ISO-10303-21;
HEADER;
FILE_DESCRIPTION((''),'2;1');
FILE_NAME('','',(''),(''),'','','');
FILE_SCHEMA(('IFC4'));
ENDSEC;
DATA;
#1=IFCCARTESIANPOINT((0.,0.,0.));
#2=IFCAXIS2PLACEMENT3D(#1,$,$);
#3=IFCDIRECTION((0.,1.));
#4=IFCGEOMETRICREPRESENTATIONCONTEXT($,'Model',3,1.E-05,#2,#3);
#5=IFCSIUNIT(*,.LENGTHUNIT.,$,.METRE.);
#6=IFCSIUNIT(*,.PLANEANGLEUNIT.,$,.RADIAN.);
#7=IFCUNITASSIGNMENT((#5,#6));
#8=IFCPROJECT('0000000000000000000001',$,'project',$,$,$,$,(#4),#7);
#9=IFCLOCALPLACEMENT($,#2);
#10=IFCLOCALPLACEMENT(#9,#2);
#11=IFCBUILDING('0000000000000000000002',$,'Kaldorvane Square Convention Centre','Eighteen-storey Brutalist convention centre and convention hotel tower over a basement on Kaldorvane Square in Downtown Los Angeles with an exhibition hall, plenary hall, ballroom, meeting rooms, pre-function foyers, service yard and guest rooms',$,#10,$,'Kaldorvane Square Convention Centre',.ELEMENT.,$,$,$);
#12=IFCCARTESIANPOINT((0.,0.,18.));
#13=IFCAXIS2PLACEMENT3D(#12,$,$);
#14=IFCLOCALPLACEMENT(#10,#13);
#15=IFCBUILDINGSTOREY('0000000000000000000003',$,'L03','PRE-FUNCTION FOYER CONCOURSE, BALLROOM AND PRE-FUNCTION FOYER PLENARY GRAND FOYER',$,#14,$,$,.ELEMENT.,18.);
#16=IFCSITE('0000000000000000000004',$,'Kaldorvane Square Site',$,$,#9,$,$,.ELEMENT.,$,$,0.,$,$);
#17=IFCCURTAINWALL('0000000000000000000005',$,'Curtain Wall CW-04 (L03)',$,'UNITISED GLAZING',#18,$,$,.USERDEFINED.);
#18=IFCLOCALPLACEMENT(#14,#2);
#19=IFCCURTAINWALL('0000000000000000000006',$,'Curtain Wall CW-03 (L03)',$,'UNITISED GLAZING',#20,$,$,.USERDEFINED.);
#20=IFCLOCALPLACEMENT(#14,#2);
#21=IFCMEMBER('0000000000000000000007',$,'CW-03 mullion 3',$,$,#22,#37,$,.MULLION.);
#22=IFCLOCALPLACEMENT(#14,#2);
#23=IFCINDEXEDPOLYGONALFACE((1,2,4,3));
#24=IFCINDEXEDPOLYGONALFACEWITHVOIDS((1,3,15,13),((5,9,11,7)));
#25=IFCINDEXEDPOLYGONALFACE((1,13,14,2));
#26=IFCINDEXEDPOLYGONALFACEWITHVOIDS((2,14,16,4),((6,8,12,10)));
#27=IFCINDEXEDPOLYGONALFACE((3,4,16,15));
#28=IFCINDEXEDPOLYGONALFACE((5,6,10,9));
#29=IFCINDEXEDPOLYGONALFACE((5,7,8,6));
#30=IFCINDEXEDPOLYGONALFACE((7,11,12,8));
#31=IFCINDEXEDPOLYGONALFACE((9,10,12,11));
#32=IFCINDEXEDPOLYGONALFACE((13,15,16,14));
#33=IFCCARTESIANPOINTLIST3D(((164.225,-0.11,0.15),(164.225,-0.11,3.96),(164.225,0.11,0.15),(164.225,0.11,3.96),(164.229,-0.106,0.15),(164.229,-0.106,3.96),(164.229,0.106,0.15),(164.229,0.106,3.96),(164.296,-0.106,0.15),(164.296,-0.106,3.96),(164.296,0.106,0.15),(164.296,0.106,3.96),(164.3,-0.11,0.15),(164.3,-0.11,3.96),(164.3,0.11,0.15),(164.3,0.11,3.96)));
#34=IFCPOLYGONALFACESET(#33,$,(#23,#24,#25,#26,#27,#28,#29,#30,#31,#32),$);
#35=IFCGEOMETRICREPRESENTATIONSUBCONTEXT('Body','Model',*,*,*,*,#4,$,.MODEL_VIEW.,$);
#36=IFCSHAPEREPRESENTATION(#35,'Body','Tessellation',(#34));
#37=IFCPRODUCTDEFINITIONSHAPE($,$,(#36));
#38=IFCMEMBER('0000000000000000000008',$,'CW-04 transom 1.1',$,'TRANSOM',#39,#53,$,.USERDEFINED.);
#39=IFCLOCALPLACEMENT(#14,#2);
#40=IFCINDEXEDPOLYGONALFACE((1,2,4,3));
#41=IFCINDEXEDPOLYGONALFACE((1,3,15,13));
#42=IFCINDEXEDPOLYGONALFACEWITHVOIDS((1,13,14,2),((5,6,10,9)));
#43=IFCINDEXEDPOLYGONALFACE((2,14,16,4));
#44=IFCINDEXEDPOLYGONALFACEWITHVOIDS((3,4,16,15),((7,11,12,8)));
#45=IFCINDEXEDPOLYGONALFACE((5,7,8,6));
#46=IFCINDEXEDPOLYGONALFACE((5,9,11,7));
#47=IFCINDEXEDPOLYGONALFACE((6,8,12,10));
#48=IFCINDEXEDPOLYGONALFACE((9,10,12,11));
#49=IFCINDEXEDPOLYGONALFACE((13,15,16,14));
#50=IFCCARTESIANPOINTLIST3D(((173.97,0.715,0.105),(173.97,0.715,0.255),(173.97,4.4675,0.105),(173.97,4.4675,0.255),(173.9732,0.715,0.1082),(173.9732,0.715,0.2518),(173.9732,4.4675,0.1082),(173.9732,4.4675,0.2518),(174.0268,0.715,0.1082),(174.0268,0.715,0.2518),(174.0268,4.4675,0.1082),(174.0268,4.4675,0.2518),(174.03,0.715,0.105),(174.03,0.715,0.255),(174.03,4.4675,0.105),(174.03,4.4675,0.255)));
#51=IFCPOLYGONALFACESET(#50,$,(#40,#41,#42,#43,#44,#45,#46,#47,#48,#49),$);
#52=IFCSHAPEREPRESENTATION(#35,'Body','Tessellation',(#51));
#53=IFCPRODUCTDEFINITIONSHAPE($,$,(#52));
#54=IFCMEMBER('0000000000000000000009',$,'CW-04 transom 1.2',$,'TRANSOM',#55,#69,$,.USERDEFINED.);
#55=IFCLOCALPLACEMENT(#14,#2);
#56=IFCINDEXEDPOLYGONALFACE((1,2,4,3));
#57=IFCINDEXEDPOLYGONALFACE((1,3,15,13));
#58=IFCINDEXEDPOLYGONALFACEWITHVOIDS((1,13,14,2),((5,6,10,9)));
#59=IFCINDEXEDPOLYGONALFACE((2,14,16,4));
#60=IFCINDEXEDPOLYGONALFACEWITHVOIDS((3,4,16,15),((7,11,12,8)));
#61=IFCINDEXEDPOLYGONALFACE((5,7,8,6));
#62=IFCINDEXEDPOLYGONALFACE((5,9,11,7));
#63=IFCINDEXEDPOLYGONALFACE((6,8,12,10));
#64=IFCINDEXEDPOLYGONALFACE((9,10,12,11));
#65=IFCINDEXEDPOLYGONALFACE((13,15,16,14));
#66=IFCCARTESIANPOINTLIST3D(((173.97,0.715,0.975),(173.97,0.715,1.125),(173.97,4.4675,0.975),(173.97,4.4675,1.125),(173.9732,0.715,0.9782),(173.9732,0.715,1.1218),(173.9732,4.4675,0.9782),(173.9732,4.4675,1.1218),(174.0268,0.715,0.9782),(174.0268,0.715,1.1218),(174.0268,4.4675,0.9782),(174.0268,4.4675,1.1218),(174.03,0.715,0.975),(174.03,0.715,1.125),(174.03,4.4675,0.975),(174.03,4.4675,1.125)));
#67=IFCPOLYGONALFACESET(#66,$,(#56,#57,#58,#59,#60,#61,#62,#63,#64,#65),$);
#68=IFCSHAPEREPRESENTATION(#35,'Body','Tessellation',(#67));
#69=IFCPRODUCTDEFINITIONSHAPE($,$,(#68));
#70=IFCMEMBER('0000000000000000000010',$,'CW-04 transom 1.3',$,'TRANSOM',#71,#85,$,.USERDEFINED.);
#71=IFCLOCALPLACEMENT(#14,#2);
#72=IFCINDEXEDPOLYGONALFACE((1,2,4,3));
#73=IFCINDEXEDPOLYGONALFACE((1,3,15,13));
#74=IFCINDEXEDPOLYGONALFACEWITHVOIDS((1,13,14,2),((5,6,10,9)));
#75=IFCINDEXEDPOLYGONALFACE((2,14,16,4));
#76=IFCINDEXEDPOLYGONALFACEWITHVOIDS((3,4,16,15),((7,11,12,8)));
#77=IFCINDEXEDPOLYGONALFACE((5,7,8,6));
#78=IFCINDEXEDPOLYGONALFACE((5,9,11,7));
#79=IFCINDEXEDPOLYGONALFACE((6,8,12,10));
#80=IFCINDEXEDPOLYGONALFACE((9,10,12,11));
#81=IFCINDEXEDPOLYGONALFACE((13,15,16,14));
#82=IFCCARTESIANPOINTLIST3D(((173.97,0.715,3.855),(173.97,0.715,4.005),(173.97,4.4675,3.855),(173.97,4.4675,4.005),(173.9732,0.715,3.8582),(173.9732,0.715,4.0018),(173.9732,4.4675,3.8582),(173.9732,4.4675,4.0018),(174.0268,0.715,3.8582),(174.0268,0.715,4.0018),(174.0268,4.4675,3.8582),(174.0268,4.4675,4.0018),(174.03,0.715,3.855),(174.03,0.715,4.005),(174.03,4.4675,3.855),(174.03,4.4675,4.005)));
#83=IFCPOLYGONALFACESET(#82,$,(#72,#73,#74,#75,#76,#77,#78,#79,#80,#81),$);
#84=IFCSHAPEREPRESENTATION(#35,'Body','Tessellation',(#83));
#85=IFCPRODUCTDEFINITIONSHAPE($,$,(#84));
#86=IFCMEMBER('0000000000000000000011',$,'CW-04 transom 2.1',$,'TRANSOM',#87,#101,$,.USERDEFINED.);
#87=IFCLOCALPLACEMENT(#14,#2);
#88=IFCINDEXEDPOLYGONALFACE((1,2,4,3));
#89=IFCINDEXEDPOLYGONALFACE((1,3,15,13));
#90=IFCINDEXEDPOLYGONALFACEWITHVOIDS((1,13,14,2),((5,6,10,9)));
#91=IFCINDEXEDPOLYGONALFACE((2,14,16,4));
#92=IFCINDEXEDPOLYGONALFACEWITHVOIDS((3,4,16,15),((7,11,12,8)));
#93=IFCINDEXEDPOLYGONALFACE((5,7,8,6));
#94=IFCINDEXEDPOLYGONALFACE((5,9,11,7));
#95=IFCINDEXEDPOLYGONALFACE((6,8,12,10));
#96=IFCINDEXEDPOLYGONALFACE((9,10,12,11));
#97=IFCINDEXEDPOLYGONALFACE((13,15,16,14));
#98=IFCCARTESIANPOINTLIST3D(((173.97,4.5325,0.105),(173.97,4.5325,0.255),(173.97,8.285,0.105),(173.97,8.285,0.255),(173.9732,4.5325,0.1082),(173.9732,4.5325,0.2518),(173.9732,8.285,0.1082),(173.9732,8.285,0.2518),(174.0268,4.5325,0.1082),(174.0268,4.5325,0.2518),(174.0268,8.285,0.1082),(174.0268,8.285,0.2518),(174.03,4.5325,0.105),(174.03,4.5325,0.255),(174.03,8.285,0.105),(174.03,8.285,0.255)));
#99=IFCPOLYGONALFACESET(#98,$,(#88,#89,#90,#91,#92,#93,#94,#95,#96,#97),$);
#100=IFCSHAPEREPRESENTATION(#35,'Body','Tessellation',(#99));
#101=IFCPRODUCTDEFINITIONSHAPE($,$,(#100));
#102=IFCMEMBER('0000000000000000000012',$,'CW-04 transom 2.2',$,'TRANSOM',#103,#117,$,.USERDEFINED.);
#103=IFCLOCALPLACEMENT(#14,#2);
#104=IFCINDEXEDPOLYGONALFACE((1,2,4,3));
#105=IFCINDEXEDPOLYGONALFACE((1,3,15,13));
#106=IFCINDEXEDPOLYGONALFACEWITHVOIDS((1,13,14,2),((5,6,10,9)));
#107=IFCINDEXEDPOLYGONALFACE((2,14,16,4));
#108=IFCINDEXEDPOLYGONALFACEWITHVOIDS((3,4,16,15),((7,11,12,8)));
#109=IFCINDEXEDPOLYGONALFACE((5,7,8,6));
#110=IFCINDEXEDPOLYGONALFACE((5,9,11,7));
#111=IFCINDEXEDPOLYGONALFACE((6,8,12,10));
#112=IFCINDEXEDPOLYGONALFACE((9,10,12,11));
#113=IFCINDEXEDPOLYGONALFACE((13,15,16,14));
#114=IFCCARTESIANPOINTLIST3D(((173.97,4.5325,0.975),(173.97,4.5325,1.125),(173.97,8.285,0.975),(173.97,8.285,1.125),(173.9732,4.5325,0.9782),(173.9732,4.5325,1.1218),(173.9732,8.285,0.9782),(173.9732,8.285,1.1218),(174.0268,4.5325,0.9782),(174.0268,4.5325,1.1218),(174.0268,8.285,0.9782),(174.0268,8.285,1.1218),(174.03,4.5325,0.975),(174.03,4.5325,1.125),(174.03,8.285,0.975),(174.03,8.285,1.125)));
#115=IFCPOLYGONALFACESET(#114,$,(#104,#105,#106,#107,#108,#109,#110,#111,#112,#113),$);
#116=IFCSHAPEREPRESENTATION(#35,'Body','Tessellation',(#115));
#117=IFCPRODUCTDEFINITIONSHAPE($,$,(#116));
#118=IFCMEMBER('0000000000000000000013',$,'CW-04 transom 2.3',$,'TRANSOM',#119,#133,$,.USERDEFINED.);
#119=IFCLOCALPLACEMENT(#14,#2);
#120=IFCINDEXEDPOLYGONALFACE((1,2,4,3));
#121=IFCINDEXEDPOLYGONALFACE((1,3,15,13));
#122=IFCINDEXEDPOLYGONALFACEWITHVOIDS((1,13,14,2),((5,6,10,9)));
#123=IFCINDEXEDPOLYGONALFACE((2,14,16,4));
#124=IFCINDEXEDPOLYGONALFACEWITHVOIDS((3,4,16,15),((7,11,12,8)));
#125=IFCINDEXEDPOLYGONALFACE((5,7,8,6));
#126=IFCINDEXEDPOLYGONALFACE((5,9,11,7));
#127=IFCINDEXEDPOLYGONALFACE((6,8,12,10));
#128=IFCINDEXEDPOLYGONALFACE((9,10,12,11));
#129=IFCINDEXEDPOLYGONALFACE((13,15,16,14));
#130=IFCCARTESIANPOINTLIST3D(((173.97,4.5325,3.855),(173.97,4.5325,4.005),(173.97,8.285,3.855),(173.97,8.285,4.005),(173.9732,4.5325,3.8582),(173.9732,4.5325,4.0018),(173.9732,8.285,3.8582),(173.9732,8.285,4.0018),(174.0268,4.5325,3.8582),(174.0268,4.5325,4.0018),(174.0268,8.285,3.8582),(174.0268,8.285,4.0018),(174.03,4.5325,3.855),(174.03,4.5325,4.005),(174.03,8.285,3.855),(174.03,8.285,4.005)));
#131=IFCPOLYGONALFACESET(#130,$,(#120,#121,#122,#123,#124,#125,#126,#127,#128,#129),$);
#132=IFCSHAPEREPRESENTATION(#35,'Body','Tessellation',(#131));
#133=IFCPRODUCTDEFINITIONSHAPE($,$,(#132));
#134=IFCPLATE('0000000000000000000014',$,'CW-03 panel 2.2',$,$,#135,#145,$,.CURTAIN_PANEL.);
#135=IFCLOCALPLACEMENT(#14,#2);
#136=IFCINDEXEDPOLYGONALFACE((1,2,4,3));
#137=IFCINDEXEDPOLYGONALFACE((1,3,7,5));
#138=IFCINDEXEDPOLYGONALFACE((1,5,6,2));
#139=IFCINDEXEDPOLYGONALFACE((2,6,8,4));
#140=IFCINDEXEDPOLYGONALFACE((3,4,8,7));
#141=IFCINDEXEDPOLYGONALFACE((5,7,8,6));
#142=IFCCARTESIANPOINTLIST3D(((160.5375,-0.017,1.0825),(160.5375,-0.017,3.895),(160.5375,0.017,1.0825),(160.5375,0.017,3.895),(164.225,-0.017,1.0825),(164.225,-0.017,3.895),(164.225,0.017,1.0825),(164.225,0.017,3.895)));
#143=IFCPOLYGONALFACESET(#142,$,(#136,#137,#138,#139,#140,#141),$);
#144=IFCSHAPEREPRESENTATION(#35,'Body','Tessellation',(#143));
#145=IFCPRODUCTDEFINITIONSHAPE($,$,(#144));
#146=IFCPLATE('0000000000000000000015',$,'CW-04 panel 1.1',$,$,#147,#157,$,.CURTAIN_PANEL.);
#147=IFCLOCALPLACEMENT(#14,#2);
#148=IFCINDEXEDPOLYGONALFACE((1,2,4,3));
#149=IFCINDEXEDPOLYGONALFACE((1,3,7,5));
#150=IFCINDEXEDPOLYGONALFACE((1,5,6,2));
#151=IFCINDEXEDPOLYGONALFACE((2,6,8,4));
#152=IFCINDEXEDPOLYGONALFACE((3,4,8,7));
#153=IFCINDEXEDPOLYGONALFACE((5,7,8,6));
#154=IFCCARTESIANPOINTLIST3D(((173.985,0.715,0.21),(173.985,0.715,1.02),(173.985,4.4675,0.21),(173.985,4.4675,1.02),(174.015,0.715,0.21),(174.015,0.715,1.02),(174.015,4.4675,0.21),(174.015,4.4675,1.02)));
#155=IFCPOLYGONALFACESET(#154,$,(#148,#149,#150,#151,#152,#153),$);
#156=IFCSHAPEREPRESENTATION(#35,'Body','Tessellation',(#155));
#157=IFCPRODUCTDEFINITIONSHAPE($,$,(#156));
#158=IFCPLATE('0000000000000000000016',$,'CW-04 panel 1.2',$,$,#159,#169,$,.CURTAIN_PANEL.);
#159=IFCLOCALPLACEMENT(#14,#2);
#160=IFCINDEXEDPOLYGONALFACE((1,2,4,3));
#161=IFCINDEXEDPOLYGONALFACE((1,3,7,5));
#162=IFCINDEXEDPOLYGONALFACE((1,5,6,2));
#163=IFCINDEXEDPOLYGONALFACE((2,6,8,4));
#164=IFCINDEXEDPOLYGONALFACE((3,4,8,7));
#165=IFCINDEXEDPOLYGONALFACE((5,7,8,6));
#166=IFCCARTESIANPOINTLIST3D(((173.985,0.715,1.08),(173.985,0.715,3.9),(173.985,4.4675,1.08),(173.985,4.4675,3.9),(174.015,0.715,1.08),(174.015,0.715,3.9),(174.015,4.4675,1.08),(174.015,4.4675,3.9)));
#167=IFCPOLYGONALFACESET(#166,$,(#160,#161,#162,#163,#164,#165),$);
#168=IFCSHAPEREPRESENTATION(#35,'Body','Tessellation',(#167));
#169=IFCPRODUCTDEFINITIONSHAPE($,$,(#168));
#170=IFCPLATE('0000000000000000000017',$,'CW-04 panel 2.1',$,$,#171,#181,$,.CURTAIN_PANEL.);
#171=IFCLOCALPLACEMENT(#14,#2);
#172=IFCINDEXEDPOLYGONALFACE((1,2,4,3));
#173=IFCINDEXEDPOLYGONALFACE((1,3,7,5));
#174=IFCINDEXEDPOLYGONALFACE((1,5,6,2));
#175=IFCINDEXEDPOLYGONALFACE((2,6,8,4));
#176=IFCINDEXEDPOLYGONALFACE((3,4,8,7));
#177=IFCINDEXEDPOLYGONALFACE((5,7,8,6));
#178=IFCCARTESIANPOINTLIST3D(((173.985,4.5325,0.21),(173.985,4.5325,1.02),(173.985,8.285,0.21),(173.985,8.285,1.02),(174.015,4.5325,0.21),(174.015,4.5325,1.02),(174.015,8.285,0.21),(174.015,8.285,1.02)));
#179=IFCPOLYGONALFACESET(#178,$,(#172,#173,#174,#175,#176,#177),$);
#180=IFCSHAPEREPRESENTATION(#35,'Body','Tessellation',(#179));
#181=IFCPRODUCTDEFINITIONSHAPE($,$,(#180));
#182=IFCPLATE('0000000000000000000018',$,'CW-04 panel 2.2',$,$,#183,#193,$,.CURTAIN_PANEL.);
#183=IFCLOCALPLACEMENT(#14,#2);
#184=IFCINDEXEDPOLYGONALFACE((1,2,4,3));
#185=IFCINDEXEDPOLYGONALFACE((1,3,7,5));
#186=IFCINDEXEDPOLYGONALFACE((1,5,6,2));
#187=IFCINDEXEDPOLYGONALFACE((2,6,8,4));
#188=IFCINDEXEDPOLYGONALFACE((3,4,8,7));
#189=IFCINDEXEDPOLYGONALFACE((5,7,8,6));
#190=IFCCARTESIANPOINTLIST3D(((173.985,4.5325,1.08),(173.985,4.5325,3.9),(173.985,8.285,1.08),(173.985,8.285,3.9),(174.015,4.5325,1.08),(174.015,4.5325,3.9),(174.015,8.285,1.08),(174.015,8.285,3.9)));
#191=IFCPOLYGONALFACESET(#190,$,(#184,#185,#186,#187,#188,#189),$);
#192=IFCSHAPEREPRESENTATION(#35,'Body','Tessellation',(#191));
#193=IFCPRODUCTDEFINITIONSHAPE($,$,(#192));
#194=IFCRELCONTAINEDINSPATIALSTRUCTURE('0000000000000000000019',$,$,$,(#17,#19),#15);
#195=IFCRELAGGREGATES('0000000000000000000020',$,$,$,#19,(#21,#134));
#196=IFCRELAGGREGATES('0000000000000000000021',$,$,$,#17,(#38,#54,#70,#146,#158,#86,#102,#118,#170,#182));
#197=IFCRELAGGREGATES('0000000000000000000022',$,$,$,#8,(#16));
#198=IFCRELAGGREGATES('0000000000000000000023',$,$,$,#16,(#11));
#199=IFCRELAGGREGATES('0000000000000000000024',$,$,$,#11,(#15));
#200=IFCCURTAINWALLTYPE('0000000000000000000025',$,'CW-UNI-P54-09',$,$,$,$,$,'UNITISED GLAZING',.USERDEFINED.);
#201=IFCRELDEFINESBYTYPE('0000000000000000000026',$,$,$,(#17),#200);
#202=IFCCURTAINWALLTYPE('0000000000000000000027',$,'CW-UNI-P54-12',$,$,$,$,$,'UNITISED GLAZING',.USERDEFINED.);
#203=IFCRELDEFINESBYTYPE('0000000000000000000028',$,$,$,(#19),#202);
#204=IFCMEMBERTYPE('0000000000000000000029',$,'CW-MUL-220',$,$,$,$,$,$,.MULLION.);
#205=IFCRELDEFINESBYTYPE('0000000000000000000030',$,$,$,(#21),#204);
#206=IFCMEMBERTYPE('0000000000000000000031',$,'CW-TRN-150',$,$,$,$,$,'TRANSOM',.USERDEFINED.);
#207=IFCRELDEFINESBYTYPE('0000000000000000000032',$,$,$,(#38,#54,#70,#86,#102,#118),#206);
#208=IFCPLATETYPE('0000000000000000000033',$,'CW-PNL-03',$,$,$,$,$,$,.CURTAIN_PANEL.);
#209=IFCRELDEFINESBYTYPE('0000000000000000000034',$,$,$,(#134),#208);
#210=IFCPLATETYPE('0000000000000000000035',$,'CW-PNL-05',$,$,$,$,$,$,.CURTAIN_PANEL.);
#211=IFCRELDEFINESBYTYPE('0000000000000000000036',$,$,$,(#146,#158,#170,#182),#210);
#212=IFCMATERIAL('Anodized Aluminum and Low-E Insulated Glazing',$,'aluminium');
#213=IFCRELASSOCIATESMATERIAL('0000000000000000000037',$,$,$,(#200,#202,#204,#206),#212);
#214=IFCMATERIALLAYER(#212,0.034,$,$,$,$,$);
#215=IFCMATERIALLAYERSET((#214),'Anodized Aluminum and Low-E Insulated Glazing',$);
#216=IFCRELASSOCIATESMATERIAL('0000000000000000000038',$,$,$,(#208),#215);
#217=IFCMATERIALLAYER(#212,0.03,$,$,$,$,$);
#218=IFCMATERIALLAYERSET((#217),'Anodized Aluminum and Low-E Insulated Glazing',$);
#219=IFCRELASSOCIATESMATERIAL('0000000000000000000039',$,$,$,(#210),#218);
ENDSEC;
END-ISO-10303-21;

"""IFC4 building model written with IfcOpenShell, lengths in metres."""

from ifc_helpers import new_model, si_unit, direction, frame, origin, origin_2d, place, context, subcontext, project, spatial, rectangle, hollow_rectangle, extrude, material, layer, layer_set, material_profile, profile_set, type_object, element, aggregate, save


model = new_model("IFC4")

# Units and contexts
model_context = context("Model", 3, precision=1e-05, world=origin(), true_north=direction((0.0, 1.0)))
body_context = subcontext(model_context, "Body", "Model", "MODEL_VIEW")
ifc_project = project(units=[si_unit("LENGTHUNIT", "METRE"), si_unit("PLANEANGLEUNIT", "RADIAN")], contexts=[model_context])

# Site, building, storey
site_placement = place(None, origin())
site = spatial("IfcSite", under=ifc_project, at=site_placement, Name="Kaldorvane Square Site", CompositionType="ELEMENT", RefElevation=0.0)
building_placement = place(site_placement, origin())
building = spatial("IfcBuilding", under=site, at=building_placement, Name="Kaldorvane Square Convention Centre", Description="Eighteen-storey Brutalist convention centre and convention hotel tower over a basement on Kaldorvane Square in Downtown Los Angeles with an exhibition hall, plenary hall, ballroom, meeting rooms, pre-function foyers, service yard and guest rooms", LongName="Kaldorvane Square Convention Centre", CompositionType="ELEMENT")
storey_placement = place(building_placement, frame((0.0, 0.0, 18.0)))
storey = spatial("IfcBuildingStorey", under=building, at=storey_placement, Name="L03", Description="PRE-FUNCTION FOYER CONCOURSE, BALLROOM AND PRE-FUNCTION FOYER PLENARY GRAND FOYER", CompositionType="ELEMENT", Elevation=18.0)

# Curtain wall
ifc_material_1 = material(Name="Anodized Aluminum and Low-E Insulated Glazing", Category="aluminium")
curtain_wall_type_1 = type_object("IfcCurtainWallType", Name="CW-UNI-P54-09", ElementType="UNITISED GLAZING", PredefinedType="USERDEFINED", material=ifc_material_1)
curtain_wall_1_placement = place(storey_placement, origin())
curtain_wall_1 = element("IfcCurtainWall", 1, at=curtain_wall_1_placement, inside=storey, type_object=curtain_wall_type_1, Name="Curtain Wall CW-04 (L03)", ObjectType="UNITISED GLAZING", PredefinedType="USERDEFINED")

# Curtain wall, member
curtain_wall_type_2 = type_object("IfcCurtainWallType", Name="CW-UNI-P54-12", ElementType="UNITISED GLAZING", PredefinedType="USERDEFINED", material=ifc_material_1)
curtain_wall_2_placement = place(storey_placement, origin())
curtain_wall_2 = element("IfcCurtainWall", 2, at=curtain_wall_2_placement, inside=storey, type_object=curtain_wall_type_2, Name="Curtain Wall CW-03 (L03)", ObjectType="UNITISED GLAZING", PredefinedType="USERDEFINED")
ifc_material_profile_1 = material_profile(ifc_material_1, hollow_rectangle(XDim=0.075, YDim=0.22, WallThickness=0.004, at=origin_2d()), Name="CWM-220X75")
ifc_profile_set_1 = profile_set([ifc_material_profile_1], Name="Anodized Aluminum and Low-E Insulated Glazing")
member_type_1 = type_object("IfcMemberType", Name="CW-MUL-220", PredefinedType="MULLION", material=ifc_profile_set_1)
member_1_placement = place(storey_placement, frame((164.2625, 0.0, 0.15), z_axis=(0.0, 0.0, 1.0), x_axis=(1.0, 0.0, 0.0)))
member_1 = element("IfcMember", 3, at=member_1_placement, type_object=member_type_1, Name="CW-03 mullion 3", PredefinedType="MULLION", context=body_context, shape_type="SweptSolid", body=[
    extrude(hollow_rectangle(XDim=0.075, YDim=0.22, WallThickness=0.004, at=origin_2d()), origin(), (0.0, 0.0, 1.0), 3.81),
])

# Members
ifc_material_profile_2 = material_profile(ifc_material_1, hollow_rectangle(XDim=0.06, YDim=0.15, WallThickness=0.0032, at=origin_2d()), Name="CWT-150X60")
ifc_profile_set_2 = profile_set([ifc_material_profile_2], Name="Anodized Aluminum and Low-E Insulated Glazing")
member_type_2 = type_object("IfcMemberType", Name="CW-TRN-150", ElementType="TRANSOM", PredefinedType="USERDEFINED", material=ifc_profile_set_2)
member_2_placement = place(storey_placement, frame((174.0, 0.715, 0.18), z_axis=(0.0, 1.0, 0.0), x_axis=(-1.0, 0.0, 0.0)))
member_2 = element("IfcMember", 4, at=member_2_placement, type_object=member_type_2, Name="CW-04 transom 1.1", ObjectType="TRANSOM", PredefinedType="USERDEFINED", context=body_context, shape_type="SweptSolid", body=[
    extrude(hollow_rectangle(XDim=0.06, YDim=0.15, WallThickness=0.0032, at=origin_2d()), origin(), (0.0, 0.0, 1.0), 3.7525),
])
member_3_placement = place(storey_placement, frame((174.0, 0.715, 1.05), z_axis=(0.0, 1.0, 0.0), x_axis=(-1.0, 0.0, 0.0)))
member_3 = element("IfcMember", 5, at=member_3_placement, type_object=member_type_2, Name="CW-04 transom 1.2", ObjectType="TRANSOM", PredefinedType="USERDEFINED", context=body_context, shape_type="SweptSolid", body=[
    extrude(hollow_rectangle(XDim=0.06, YDim=0.15, WallThickness=0.0032, at=origin_2d()), origin(), (0.0, 0.0, 1.0), 3.7525),
])
member_4_placement = place(storey_placement, frame((174.0, 0.715, 3.93), z_axis=(0.0, 1.0, 0.0), x_axis=(-1.0, 0.0, 0.0)))
member_4 = element("IfcMember", 6, at=member_4_placement, type_object=member_type_2, Name="CW-04 transom 1.3", ObjectType="TRANSOM", PredefinedType="USERDEFINED", context=body_context, shape_type="SweptSolid", body=[
    extrude(hollow_rectangle(XDim=0.06, YDim=0.15, WallThickness=0.0032, at=origin_2d()), origin(), (0.0, 0.0, 1.0), 3.7525),
])
member_5_placement = place(storey_placement, frame((174.0, 4.5325, 0.18), z_axis=(0.0, 1.0, 0.0), x_axis=(-1.0, 0.0, 0.0)))
member_5 = element("IfcMember", 7, at=member_5_placement, type_object=member_type_2, Name="CW-04 transom 2.1", ObjectType="TRANSOM", PredefinedType="USERDEFINED", context=body_context, shape_type="SweptSolid", body=[
    extrude(hollow_rectangle(XDim=0.06, YDim=0.15, WallThickness=0.0032, at=origin_2d()), origin(), (0.0, 0.0, 1.0), 3.7525),
])
member_6_placement = place(storey_placement, frame((174.0, 4.5325, 1.05), z_axis=(0.0, 1.0, 0.0), x_axis=(-1.0, 0.0, 0.0)))
member_6 = element("IfcMember", 8, at=member_6_placement, type_object=member_type_2, Name="CW-04 transom 2.2", ObjectType="TRANSOM", PredefinedType="USERDEFINED", context=body_context, shape_type="SweptSolid", body=[
    extrude(hollow_rectangle(XDim=0.06, YDim=0.15, WallThickness=0.0032, at=origin_2d()), origin(), (0.0, 0.0, 1.0), 3.7525),
])
member_7_placement = place(storey_placement, frame((174.0, 4.5325, 3.93), z_axis=(0.0, 1.0, 0.0), x_axis=(-1.0, 0.0, 0.0)))
member_7 = element("IfcMember", 9, at=member_7_placement, type_object=member_type_2, Name="CW-04 transom 2.3", ObjectType="TRANSOM", PredefinedType="USERDEFINED", context=body_context, shape_type="SweptSolid", body=[
    extrude(hollow_rectangle(XDim=0.06, YDim=0.15, WallThickness=0.0032, at=origin_2d()), origin(), (0.0, 0.0, 1.0), 3.7525),
])

# Plates
ifc_layer_1 = layer(ifc_material_1, 0.034)
ifc_layer_set_1 = layer_set([ifc_layer_1], Name="Anodized Aluminum and Low-E Insulated Glazing")
plate_type_1 = type_object("IfcPlateType", Name="CW-PNL-03", PredefinedType="CURTAIN_PANEL", material=ifc_layer_set_1)
plate_1_placement = place(storey_placement, frame((162.3813, 0.0, 1.0825), z_axis=(0.0, 0.0, 1.0), x_axis=(1.0, 0.0, 0.0)))
plate_1 = element("IfcPlate", 10, at=plate_1_placement, type_object=plate_type_1, Name="CW-03 panel 2.2", PredefinedType="CURTAIN_PANEL", context=body_context, shape_type="SweptSolid", body=[
    extrude(rectangle(XDim=3.6875, YDim=0.034, at=origin_2d()), origin(), (0.0, 0.0, 1.0), 2.8125),
])
aggregate(curtain_wall_2, [member_1, plate_1])
ifc_layer_2 = layer(ifc_material_1, 0.03)
ifc_layer_set_2 = layer_set([ifc_layer_2], Name="Anodized Aluminum and Low-E Insulated Glazing")
plate_type_2 = type_object("IfcPlateType", Name="CW-PNL-05", PredefinedType="CURTAIN_PANEL", material=ifc_layer_set_2)
plate_2_placement = place(storey_placement, frame((174.0, 2.5912, 0.21), z_axis=(0.0, 0.0, 1.0), x_axis=(0.0, 1.0, 0.0)))
plate_2 = element("IfcPlate", 11, at=plate_2_placement, type_object=plate_type_2, Name="CW-04 panel 1.1", PredefinedType="CURTAIN_PANEL", context=body_context, shape_type="SweptSolid", body=[
    extrude(rectangle(XDim=3.7525, YDim=0.03, at=origin_2d()), origin(), (0.0, 0.0, 1.0), 0.81),
])
plate_3_placement = place(storey_placement, frame((174.0, 2.5912, 1.08), z_axis=(0.0, 0.0, 1.0), x_axis=(0.0, 1.0, 0.0)))
plate_3 = element("IfcPlate", 12, at=plate_3_placement, type_object=plate_type_2, Name="CW-04 panel 1.2", PredefinedType="CURTAIN_PANEL", context=body_context, shape_type="SweptSolid", body=[
    extrude(rectangle(XDim=3.7525, YDim=0.03, at=origin_2d()), origin(), (0.0, 0.0, 1.0), 2.82),
])
plate_4_placement = place(storey_placement, frame((174.0, 6.4088, 0.21), z_axis=(0.0, 0.0, 1.0), x_axis=(0.0, 1.0, 0.0)))
plate_4 = element("IfcPlate", 13, at=plate_4_placement, type_object=plate_type_2, Name="CW-04 panel 2.1", PredefinedType="CURTAIN_PANEL", context=body_context, shape_type="SweptSolid", body=[
    extrude(rectangle(XDim=3.7525, YDim=0.03, at=origin_2d()), origin(), (0.0, 0.0, 1.0), 0.81),
])
plate_5_placement = place(storey_placement, frame((174.0, 6.4088, 1.08), z_axis=(0.0, 0.0, 1.0), x_axis=(0.0, 1.0, 0.0)))
plate_5 = element("IfcPlate", 14, at=plate_5_placement, type_object=plate_type_2, Name="CW-04 panel 2.2", PredefinedType="CURTAIN_PANEL", context=body_context, shape_type="SweptSolid", body=[
    extrude(rectangle(XDim=3.7525, YDim=0.03, at=origin_2d()), origin(), (0.0, 0.0, 1.0), 2.82),
])
aggregate(curtain_wall_1, [member_2, member_3, member_4, plate_2, plate_3, member_5, member_6, member_7, plate_4, plate_5])

save(model, "model.ifc")
